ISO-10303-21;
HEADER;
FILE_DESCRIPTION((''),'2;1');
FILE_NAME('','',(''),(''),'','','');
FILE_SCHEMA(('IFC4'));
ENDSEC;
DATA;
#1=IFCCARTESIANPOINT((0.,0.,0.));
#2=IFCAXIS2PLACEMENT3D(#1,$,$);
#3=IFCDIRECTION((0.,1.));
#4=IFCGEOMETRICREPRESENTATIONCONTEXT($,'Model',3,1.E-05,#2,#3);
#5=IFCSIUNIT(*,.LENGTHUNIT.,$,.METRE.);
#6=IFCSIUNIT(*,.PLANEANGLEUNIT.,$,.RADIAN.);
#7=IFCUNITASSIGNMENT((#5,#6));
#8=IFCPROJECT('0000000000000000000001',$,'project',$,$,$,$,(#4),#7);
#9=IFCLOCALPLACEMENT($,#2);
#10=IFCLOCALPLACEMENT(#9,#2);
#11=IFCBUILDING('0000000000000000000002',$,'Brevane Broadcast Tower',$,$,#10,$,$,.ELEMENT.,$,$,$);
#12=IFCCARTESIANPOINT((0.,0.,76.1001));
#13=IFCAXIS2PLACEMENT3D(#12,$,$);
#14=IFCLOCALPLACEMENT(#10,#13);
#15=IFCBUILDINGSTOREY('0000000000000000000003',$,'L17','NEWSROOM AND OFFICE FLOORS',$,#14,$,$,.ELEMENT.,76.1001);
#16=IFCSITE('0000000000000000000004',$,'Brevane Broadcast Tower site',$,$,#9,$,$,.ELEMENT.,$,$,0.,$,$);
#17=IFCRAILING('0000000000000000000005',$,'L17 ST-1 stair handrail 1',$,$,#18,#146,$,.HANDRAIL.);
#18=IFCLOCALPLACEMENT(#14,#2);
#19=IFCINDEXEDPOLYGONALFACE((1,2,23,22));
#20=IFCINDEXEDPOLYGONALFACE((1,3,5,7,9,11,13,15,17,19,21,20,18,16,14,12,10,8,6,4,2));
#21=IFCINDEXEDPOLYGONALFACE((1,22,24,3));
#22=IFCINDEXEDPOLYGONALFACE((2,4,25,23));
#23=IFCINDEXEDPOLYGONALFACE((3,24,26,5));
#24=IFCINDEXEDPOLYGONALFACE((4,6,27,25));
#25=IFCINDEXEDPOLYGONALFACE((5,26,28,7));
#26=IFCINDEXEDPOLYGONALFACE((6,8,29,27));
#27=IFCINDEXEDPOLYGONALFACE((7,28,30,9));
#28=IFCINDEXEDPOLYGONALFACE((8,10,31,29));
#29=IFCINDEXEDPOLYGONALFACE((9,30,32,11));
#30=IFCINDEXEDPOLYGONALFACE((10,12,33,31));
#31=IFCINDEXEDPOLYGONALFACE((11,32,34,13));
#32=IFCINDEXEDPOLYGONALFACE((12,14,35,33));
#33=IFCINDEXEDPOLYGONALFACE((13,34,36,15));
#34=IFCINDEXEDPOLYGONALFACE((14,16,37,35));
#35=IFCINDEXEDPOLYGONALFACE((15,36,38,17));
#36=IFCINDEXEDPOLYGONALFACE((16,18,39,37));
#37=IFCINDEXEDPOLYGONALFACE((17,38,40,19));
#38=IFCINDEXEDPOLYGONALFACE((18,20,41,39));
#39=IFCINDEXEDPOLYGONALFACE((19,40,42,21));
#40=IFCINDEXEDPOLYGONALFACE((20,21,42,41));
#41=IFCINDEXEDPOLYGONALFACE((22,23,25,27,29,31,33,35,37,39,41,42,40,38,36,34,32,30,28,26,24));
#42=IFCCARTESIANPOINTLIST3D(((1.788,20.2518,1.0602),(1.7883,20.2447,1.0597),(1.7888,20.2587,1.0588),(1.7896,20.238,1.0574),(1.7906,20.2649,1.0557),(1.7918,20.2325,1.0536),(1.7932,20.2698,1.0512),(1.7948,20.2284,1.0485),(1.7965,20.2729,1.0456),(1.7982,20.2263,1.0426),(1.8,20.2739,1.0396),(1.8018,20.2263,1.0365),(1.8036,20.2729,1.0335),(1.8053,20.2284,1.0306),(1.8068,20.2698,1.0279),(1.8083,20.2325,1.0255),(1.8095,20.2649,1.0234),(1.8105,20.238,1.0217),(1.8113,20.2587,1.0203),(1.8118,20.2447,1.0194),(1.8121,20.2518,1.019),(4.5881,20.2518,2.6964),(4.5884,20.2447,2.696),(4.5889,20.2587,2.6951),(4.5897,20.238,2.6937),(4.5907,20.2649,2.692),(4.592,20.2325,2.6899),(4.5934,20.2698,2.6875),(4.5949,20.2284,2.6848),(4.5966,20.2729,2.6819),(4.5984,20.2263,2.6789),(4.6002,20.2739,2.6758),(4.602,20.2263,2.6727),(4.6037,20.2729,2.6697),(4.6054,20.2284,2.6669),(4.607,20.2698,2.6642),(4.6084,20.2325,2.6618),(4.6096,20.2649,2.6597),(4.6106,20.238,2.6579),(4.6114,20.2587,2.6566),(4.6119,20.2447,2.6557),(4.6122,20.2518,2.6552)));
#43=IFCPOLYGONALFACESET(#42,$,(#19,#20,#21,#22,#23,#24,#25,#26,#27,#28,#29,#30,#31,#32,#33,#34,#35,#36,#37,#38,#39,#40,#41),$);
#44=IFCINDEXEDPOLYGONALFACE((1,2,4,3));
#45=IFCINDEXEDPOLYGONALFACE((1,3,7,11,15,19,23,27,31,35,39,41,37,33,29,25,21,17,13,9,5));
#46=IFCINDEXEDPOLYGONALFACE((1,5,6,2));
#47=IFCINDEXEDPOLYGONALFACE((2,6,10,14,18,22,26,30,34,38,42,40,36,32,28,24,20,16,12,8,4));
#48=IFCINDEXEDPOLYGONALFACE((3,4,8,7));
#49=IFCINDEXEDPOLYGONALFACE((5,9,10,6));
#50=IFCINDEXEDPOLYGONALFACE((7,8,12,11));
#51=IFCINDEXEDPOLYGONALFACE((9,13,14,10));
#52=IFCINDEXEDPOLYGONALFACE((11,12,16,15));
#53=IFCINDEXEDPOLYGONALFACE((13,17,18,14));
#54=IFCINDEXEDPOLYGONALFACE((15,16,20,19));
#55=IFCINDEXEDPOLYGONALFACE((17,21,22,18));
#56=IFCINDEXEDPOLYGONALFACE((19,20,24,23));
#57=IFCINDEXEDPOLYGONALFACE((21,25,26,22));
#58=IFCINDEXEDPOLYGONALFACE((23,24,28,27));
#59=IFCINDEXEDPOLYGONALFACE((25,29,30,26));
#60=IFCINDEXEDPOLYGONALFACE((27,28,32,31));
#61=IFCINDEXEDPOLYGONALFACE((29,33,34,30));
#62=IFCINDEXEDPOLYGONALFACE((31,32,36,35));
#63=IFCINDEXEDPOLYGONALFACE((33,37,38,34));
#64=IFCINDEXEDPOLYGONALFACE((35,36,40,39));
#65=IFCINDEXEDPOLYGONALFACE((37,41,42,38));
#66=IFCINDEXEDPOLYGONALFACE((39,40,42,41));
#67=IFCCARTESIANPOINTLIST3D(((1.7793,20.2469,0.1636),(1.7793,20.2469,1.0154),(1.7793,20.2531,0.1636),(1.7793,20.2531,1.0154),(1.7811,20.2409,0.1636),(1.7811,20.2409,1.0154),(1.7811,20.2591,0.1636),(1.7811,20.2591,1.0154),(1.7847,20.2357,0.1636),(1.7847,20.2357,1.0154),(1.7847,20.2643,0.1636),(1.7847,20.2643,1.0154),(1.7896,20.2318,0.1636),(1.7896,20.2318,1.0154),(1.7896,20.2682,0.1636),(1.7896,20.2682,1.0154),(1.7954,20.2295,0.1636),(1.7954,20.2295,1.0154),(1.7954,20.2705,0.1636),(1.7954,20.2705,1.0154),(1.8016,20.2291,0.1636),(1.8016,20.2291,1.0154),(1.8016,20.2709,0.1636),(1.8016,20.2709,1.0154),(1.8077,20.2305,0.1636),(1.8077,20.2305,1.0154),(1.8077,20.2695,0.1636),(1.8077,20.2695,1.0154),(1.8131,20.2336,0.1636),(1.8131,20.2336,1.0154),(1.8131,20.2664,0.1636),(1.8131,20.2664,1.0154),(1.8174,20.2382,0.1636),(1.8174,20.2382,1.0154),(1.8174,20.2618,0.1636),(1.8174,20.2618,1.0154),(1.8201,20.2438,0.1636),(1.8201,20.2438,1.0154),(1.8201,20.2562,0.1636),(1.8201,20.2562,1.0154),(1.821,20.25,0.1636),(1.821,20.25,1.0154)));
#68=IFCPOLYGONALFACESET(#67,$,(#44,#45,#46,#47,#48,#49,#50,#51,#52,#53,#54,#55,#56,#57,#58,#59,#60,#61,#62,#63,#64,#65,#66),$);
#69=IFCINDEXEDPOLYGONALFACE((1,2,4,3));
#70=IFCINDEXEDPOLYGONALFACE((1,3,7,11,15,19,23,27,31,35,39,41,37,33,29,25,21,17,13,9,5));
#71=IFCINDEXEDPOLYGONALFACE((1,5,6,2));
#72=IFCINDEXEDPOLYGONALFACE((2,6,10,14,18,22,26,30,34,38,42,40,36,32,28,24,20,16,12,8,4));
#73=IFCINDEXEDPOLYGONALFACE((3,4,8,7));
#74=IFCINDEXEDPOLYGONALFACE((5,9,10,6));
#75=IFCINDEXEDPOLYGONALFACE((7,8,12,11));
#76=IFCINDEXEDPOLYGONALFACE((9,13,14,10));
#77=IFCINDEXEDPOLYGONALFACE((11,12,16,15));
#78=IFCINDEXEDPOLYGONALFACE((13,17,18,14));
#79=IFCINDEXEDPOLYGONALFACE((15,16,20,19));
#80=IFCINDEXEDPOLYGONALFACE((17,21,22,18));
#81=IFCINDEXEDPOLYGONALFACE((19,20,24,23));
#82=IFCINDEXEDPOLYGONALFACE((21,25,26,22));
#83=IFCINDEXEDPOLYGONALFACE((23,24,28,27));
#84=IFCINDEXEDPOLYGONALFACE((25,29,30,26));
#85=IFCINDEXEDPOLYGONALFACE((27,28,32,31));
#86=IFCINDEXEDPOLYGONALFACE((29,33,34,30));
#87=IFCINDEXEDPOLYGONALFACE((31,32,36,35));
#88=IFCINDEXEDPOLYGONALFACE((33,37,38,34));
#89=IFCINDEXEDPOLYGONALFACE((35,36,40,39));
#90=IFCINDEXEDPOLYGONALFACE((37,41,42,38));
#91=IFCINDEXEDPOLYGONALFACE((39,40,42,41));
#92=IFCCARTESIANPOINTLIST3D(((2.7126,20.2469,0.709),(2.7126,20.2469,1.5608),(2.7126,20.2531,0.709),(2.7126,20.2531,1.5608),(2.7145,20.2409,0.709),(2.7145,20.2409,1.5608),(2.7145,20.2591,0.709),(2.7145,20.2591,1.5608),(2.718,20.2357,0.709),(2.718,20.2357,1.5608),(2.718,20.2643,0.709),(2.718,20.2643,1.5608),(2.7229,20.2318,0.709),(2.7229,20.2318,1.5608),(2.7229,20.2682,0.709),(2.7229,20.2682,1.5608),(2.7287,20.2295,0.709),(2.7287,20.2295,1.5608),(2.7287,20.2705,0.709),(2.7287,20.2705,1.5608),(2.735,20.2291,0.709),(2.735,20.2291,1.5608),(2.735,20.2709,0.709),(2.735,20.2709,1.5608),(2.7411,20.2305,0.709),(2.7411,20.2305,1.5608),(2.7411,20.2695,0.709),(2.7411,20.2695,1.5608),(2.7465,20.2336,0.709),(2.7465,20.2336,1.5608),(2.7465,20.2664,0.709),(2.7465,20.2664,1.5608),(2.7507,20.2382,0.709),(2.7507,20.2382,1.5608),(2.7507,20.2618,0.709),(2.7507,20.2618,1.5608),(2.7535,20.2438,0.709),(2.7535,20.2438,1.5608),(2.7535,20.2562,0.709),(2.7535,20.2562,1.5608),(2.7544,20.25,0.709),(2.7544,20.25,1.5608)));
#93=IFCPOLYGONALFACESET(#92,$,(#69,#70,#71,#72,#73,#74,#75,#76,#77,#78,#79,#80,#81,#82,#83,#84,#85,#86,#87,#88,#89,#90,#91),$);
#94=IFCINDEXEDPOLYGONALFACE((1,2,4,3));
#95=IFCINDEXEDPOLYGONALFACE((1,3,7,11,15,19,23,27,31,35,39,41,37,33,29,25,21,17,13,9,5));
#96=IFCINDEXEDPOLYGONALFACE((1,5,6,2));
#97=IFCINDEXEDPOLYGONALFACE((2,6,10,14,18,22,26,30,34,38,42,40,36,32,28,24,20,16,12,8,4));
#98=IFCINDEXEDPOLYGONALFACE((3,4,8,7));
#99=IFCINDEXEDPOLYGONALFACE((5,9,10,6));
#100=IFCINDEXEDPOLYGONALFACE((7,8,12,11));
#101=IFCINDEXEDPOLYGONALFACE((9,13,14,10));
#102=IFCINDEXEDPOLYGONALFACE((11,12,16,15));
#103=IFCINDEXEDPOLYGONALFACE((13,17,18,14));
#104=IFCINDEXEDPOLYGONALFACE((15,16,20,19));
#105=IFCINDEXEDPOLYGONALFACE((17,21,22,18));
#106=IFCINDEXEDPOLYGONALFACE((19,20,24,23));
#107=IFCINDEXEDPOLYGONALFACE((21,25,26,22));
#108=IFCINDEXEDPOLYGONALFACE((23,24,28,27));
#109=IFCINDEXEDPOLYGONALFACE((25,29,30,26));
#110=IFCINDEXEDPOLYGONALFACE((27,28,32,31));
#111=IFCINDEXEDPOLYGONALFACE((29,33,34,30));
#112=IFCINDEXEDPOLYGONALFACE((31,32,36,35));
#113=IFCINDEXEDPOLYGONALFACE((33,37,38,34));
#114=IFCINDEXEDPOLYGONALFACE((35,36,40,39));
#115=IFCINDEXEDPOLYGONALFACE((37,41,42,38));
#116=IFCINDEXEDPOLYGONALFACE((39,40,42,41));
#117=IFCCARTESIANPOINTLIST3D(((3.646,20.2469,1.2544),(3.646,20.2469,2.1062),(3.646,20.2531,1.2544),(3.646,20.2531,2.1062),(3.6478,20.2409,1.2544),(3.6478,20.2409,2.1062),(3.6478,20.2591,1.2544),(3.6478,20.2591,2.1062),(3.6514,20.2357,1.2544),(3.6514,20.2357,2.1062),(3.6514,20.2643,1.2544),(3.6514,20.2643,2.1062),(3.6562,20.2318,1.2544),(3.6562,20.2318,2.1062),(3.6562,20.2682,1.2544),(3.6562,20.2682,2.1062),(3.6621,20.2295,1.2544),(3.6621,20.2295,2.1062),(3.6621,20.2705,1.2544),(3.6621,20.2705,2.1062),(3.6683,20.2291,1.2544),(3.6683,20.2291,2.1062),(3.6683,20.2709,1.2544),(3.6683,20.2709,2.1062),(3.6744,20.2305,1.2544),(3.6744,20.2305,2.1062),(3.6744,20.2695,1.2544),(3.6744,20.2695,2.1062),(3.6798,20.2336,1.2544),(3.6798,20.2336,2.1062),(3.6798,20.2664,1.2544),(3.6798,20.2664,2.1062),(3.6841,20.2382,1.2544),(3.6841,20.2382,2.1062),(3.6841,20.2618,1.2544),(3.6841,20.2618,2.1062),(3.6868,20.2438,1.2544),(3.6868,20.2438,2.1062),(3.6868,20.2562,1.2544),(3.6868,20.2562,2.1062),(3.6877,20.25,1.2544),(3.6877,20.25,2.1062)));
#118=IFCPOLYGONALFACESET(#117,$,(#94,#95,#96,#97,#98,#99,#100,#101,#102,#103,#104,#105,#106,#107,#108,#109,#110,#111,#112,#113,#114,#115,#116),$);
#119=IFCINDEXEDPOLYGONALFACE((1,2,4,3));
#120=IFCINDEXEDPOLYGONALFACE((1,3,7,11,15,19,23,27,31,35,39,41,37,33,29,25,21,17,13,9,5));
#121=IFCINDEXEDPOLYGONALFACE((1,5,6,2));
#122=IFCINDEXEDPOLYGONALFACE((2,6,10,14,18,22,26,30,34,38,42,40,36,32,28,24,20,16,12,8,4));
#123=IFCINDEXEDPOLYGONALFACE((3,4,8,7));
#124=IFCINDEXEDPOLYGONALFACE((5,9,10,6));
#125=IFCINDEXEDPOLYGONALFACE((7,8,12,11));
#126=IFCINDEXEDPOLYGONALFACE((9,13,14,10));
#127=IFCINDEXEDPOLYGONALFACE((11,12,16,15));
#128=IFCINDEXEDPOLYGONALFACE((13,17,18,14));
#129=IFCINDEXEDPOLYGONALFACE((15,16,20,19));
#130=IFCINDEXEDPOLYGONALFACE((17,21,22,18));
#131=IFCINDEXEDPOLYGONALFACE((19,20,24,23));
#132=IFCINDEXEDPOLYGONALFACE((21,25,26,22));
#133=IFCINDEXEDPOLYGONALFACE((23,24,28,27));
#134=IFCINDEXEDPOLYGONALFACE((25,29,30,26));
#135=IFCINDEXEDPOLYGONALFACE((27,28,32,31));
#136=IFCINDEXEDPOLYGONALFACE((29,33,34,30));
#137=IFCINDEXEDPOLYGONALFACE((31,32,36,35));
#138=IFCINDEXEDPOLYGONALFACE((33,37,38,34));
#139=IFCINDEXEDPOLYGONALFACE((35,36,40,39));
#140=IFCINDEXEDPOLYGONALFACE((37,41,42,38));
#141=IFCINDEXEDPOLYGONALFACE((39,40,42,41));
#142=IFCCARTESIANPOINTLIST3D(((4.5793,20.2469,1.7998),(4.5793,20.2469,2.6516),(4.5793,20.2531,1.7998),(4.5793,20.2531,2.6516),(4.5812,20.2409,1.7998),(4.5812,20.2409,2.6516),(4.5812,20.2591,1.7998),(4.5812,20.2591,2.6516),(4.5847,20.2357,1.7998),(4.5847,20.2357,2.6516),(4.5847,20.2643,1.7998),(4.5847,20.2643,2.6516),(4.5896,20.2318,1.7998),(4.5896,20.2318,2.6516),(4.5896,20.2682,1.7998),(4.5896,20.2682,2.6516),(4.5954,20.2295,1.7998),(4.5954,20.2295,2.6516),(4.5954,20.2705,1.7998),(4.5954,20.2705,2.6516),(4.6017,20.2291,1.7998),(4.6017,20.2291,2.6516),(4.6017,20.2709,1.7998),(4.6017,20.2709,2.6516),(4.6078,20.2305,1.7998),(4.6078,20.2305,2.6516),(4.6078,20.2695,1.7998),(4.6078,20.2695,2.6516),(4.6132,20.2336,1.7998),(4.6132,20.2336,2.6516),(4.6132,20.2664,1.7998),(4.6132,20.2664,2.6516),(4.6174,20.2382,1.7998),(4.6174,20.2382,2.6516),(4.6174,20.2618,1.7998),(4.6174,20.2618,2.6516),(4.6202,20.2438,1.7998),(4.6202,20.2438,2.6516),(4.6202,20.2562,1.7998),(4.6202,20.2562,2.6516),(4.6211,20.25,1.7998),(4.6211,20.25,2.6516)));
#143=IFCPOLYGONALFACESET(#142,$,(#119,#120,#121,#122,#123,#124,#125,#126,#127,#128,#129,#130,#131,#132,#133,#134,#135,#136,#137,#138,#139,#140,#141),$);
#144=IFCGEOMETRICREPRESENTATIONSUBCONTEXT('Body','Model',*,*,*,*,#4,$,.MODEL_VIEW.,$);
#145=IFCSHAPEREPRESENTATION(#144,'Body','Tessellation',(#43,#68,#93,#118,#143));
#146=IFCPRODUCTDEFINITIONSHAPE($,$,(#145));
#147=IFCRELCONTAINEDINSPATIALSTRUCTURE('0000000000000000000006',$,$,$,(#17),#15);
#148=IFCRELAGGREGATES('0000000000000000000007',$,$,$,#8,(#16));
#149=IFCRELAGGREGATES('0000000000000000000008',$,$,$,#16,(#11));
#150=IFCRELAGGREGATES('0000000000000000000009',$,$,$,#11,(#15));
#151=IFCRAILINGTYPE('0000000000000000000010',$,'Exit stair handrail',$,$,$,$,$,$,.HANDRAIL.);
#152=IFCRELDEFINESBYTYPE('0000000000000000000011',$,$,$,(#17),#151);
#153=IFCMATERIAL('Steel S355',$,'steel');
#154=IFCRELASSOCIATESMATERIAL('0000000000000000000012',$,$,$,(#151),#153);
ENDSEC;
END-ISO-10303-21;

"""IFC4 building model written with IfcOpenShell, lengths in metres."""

from ifc_helpers import new_model, si_unit, direction, frame, origin, origin_2d, place, context, subcontext, project, spatial, circle, extrude, material, type_object, element, save


model = new_model("IFC4")

# Units and contexts
model_context = context("Model", 3, precision=1e-05, world=origin(), true_north=direction((0.0, 1.0)))
body_context = subcontext(model_context, "Body", "Model", "MODEL_VIEW")
ifc_project = project(units=[si_unit("LENGTHUNIT", "METRE"), si_unit("PLANEANGLEUNIT", "RADIAN")], contexts=[model_context])

# Site, building, storey
site_placement = place(None, origin())
site = spatial("IfcSite", under=ifc_project, at=site_placement, Name="Brevane Broadcast Tower site", CompositionType="ELEMENT", RefElevation=0.0)
building_placement = place(site_placement, origin())
building = spatial("IfcBuilding", under=site, at=building_placement, Name="Brevane Broadcast Tower", CompositionType="ELEMENT")
storey_placement = place(building_placement, frame((0.0, 0.0, 76.1001)))
storey = spatial("IfcBuildingStorey", under=building, at=storey_placement, Name="L17", Description="NEWSROOM AND OFFICE FLOORS", CompositionType="ELEMENT", Elevation=76.1001)

# Railing
ifc_material_1 = material(Name="Steel S355", Category="steel")
railing_type_1 = type_object("IfcRailingType", Name="Exit stair handrail", PredefinedType="HANDRAIL", material=ifc_material_1)
railing_1_placement = place(storey_placement, frame((1.8, 20.25, 0.1636)))
element("IfcRailing", 1, at=railing_1_placement, inside=storey, type_object=railing_type_1, Name="L17 ST-1 stair handrail 1", PredefinedType="HANDRAIL", context=body_context, shape_type="SweptSolid", body=[
    extrude(circle(Radius=0.0239, at=origin_2d()), frame((0.0, 0.0, 0.876), z_axis=(0.863394, 0.0, 0.504531), x_axis=(0.0, 1.0, 0.0)), (0.0, 0.0, 1.0), 3.2432),
    extrude(circle(Radius=0.021, at=origin_2d()), origin(), (0.0, 0.0, 1.0), 0.8518),
    extrude(circle(Radius=0.021, at=origin_2d()), frame((0.9333, 0.0, 0.5454)), (0.0, 0.0, 1.0), 0.8518),
    extrude(circle(Radius=0.021, at=origin_2d()), frame((1.8667, 0.0, 1.0908)), (0.0, 0.0, 1.0), 0.8518),
    extrude(circle(Radius=0.021, at=origin_2d()), frame((2.8, 0.0, 1.6362)), (0.0, 0.0, 1.0), 0.8518),
])

save(model, "model.ifc")
